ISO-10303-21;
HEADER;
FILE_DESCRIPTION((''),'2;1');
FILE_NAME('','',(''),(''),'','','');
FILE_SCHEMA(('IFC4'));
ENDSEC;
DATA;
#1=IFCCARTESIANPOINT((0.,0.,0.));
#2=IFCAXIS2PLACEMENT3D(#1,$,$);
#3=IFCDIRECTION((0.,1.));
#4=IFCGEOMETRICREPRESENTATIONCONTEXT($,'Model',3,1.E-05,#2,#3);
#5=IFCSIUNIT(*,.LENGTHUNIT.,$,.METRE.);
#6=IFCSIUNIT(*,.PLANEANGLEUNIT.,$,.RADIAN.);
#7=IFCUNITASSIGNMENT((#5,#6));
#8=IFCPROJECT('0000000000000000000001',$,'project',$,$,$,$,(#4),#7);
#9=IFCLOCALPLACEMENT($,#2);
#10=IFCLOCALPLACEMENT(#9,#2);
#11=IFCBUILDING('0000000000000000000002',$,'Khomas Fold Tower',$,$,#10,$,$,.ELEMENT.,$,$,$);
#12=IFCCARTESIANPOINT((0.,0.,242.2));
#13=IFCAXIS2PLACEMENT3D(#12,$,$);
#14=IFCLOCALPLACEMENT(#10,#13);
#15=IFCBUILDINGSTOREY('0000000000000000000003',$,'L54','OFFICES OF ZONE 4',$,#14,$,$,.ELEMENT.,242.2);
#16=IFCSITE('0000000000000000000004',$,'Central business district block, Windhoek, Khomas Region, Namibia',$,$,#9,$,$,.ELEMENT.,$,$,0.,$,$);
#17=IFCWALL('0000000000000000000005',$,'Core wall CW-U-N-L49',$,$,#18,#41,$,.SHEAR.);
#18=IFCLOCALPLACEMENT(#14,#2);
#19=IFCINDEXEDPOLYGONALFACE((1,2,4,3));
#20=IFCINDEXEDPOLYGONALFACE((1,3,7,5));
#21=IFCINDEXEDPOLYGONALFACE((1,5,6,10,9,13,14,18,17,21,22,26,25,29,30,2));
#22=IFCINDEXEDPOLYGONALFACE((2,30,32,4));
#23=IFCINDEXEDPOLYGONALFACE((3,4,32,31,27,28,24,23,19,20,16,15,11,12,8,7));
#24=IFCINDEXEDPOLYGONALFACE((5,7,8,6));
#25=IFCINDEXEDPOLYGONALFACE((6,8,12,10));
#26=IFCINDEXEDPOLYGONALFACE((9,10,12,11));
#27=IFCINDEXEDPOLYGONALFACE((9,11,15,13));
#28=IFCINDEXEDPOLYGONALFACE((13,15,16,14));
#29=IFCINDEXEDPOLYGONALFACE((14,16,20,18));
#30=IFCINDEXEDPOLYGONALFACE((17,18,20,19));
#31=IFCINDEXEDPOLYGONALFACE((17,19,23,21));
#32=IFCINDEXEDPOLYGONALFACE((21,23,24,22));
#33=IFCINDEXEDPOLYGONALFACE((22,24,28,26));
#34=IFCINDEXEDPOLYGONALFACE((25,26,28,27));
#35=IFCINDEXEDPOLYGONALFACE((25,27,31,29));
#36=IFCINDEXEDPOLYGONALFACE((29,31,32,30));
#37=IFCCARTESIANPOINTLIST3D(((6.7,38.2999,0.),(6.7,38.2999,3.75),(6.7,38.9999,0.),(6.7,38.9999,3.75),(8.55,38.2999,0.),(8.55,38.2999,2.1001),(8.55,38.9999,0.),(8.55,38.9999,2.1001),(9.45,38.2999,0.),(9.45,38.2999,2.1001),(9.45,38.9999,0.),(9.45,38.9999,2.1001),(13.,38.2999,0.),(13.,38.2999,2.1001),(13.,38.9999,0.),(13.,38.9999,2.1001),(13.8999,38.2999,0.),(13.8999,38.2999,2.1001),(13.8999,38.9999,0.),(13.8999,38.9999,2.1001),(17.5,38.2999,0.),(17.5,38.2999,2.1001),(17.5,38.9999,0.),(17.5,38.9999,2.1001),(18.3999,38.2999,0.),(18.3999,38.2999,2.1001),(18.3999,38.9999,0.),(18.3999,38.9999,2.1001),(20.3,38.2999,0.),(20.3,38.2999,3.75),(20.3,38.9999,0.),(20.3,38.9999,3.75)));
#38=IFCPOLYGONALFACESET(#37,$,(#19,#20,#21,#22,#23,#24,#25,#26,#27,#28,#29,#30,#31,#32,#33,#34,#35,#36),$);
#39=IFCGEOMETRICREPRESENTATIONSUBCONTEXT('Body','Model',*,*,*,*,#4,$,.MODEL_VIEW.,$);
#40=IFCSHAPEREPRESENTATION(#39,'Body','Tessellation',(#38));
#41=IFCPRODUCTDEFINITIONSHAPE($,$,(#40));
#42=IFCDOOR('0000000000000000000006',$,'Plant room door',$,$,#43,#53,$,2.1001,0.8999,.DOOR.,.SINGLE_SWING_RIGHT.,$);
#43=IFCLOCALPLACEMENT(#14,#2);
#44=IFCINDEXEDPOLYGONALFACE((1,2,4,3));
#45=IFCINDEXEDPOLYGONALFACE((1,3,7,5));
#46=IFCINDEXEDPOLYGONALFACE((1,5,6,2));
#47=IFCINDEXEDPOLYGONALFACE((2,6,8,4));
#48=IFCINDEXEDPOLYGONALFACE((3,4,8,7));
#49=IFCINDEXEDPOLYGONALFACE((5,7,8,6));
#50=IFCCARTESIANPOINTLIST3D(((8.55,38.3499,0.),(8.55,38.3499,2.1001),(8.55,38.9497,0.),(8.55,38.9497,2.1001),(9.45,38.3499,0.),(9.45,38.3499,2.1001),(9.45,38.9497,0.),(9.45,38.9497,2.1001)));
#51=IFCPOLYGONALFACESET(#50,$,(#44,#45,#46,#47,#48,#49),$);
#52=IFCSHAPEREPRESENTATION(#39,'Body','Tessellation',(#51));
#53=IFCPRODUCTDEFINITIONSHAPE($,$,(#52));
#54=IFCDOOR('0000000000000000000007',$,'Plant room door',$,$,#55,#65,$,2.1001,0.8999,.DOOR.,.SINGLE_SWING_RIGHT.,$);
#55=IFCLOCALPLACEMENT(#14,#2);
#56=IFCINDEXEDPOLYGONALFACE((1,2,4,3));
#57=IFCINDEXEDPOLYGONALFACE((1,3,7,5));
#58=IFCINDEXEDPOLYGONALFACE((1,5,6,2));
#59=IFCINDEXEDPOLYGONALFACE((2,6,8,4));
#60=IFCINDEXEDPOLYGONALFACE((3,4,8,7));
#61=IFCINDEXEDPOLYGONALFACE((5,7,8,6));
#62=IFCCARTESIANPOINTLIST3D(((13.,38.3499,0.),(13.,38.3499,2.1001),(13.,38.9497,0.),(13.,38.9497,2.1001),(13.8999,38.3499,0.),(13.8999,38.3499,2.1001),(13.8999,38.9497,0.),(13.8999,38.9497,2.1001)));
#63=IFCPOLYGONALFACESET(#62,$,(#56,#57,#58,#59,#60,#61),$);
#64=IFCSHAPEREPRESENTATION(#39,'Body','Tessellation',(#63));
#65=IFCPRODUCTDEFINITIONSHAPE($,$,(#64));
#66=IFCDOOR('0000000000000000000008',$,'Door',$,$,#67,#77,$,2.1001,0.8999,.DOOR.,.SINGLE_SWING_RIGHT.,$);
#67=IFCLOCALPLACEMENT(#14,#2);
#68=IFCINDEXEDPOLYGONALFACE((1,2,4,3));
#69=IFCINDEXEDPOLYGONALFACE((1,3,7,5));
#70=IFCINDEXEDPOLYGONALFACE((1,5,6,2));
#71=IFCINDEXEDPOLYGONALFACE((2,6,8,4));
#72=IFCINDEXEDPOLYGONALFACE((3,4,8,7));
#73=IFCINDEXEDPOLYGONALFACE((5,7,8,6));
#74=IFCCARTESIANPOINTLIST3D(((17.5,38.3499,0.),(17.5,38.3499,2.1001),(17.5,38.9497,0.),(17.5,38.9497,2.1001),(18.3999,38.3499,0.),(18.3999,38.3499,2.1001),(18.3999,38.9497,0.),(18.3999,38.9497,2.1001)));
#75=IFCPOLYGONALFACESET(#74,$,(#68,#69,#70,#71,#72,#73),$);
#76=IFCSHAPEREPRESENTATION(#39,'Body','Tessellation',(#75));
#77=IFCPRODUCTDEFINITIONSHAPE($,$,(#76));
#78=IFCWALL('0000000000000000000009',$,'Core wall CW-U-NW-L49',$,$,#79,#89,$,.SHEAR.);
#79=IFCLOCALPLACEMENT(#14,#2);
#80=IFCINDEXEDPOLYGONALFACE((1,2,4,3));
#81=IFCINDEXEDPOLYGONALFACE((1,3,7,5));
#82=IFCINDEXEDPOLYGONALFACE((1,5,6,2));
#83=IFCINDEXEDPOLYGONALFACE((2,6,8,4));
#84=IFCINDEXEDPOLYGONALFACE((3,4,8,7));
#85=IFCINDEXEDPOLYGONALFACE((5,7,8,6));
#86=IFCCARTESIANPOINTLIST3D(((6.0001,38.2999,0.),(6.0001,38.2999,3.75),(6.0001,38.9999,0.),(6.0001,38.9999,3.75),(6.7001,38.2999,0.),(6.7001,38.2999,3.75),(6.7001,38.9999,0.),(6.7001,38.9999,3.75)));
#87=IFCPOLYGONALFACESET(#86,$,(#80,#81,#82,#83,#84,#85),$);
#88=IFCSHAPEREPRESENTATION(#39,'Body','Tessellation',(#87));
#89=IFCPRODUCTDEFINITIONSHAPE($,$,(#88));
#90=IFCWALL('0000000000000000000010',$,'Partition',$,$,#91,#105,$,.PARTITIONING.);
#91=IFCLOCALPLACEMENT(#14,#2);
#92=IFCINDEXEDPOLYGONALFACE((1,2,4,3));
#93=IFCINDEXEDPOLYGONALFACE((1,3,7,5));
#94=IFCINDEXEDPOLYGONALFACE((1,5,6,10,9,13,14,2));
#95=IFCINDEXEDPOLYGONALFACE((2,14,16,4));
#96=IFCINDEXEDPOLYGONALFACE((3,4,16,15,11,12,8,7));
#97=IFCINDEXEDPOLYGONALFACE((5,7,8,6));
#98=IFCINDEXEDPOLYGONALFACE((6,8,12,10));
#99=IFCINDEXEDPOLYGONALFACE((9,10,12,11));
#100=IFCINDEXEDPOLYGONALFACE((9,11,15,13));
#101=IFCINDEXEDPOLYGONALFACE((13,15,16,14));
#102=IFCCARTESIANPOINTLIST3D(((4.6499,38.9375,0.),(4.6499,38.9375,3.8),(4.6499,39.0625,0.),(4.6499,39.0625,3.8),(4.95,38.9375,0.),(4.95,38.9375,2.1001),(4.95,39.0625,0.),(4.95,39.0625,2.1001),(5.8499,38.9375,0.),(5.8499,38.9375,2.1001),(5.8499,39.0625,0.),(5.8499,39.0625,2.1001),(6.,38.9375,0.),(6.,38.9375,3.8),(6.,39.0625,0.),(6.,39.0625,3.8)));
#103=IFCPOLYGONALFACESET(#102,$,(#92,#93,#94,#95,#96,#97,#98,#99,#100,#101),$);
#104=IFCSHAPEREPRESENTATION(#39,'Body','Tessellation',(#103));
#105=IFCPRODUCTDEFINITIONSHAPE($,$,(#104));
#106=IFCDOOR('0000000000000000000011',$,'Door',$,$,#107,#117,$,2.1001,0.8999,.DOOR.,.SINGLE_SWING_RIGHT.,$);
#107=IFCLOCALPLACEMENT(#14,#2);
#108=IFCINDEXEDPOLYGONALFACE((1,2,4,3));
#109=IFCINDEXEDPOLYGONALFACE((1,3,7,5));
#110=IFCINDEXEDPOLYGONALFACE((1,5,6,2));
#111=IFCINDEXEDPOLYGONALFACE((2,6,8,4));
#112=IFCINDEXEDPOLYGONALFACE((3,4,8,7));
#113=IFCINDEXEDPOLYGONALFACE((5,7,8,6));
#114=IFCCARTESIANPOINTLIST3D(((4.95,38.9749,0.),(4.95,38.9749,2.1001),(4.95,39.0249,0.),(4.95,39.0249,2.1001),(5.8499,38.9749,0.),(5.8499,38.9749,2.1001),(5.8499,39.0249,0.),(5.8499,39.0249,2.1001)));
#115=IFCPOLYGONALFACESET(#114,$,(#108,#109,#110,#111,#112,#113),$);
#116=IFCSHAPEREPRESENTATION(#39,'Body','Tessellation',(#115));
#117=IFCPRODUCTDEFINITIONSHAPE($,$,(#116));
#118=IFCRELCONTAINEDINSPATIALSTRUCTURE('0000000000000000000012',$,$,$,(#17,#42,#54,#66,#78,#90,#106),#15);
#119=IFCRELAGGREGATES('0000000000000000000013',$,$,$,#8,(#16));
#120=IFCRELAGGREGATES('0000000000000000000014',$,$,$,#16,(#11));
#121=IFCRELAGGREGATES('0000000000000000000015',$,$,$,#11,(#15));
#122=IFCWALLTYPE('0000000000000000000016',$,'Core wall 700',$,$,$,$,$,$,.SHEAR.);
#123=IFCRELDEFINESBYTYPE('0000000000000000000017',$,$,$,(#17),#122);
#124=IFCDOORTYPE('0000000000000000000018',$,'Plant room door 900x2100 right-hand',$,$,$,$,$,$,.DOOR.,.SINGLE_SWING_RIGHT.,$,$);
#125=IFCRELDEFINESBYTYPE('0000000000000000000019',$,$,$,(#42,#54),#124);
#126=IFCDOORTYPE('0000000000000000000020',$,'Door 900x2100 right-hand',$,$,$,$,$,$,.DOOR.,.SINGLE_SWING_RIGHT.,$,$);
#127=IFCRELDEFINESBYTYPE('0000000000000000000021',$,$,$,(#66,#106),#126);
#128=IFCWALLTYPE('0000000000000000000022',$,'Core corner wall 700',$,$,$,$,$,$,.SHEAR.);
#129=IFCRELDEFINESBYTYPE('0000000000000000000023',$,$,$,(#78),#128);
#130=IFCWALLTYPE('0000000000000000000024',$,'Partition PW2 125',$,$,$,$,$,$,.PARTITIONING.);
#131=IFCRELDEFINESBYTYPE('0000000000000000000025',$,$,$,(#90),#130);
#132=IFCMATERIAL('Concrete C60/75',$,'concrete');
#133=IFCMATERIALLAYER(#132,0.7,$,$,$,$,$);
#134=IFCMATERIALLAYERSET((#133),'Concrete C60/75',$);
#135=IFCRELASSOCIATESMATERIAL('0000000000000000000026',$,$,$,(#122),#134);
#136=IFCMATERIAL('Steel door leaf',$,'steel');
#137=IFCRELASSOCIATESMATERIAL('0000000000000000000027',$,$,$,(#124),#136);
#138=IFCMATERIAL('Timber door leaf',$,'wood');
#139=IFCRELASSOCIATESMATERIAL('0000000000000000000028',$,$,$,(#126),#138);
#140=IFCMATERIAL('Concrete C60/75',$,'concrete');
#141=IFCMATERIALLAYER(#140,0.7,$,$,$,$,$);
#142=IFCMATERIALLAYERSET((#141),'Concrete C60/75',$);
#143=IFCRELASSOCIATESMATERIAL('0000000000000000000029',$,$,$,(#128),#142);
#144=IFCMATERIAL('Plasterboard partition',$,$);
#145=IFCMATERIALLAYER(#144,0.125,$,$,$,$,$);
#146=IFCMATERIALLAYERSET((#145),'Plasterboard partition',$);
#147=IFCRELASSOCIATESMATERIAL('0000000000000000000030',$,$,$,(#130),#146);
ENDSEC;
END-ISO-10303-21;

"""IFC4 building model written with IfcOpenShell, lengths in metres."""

from ifc_helpers import new_model, si_unit, direction, frame, frame_2d, origin, place, context, subcontext, project, spatial, rectangle, extrude, source, transform, mapped, material, layer, layer_set, type_object, element, fill, save


model = new_model("IFC4")

# Units and contexts
model_context = context("Model", 3, precision=1e-05, world=origin(), true_north=direction((0.0, 1.0)))
body_context = subcontext(model_context, "Body", "Model", "MODEL_VIEW")
ifc_project = project(units=[si_unit("LENGTHUNIT", "METRE"), si_unit("PLANEANGLEUNIT", "RADIAN")], contexts=[model_context])

# Site, building, storey
site_placement = place(None, origin())
site = spatial("IfcSite", under=ifc_project, at=site_placement, Name="Central business district block, Windhoek, Khomas Region, Namibia", CompositionType="ELEMENT", RefElevation=0.0)
building_placement = place(site_placement, origin())
building = spatial("IfcBuilding", under=site, at=building_placement, Name="Khomas Fold Tower", CompositionType="ELEMENT")
storey_placement = place(building_placement, frame((0.0, 0.0, 242.2)))
storey = spatial("IfcBuildingStorey", under=building, at=storey_placement, Name="L54", Description="OFFICES OF ZONE 4", CompositionType="ELEMENT", Elevation=242.2)

# Wall, openings, doors
ifc_material_1 = material(Name="Concrete C60/75", Category="concrete")
ifc_layer_1 = layer(ifc_material_1, 0.7)
ifc_layer_set_1 = layer_set([ifc_layer_1], Name="Concrete C60/75")
wall_type_1 = type_object("IfcWallType", Name="Core wall 700", PredefinedType="SHEAR", material=ifc_layer_set_1)
shared_shape_1 = source(origin(), body_context, "Body", "SweptSolid", [
    extrude(rectangle(XDim=13.6001, YDim=0.7, at=frame_2d((6.8, 0.0))), origin(), (0.0, 0.0, 1.0), 3.75),
])
wall_1_placement = place(storey_placement, frame((6.7, 38.6499, 0.0), z_axis=(0.0, 0.0, 1.0), x_axis=(1.0, 0.0, 0.0)))
wall_1 = element("IfcWall", 1, at=wall_1_placement, inside=storey, type_object=wall_type_1, Name="Core wall CW-U-N-L49", PredefinedType="SHEAR", context=body_context, shape_type="MappedRepresentation", body=[
    mapped(shared_shape_1, transform((0.0, 0.0, 0.0))),
])
shared_shape_2 = source(origin(), body_context, "Body", "SweptSolid", [
    extrude(rectangle(XDim=0.8999, YDim=2.1001, at=frame_2d((0.45, 1.05))), frame((0.0, 0.3599, 0.0), z_axis=(0.0, -1.0, 0.0), x_axis=(1.0, 0.0, 0.0)), (0.0, 0.0, 1.0), 0.72),
])
opening_1_placement = place(wall_1_placement, frame((1.8501, 0.0, 0.0)))
opening_1 = element("IfcOpeningElement", 2, at=opening_1_placement, cuts=wall_1, PredefinedType="OPENING", context=body_context, shape_type="MappedRepresentation", body=[
    mapped(shared_shape_2, transform((0.0, 0.0, 0.0))),
])
opening_2_placement = place(wall_1_placement, frame((6.3, 0.0, 0.0)))
opening_2 = element("IfcOpeningElement", 3, at=opening_2_placement, cuts=wall_1, PredefinedType="OPENING", context=body_context, shape_type="MappedRepresentation", body=[
    mapped(shared_shape_2, transform((0.0, 0.0, 0.0))),
])
opening_3_placement = place(wall_1_placement, frame((10.8, 0.0, 0.0)))
opening_3 = element("IfcOpeningElement", 4, at=opening_3_placement, cuts=wall_1, PredefinedType="OPENING", context=body_context, shape_type="MappedRepresentation", body=[
    mapped(shared_shape_2, transform((0.0, 0.0, 0.0))),
])
ifc_material_2 = material(Name="Steel door leaf", Category="steel")
door_type_1 = type_object("IfcDoorType", Name="Plant room door 900x2100 right-hand", OperationType="SINGLE_SWING_RIGHT", PredefinedType="DOOR", material=ifc_material_2)
shared_shape_3 = source(origin(), body_context, "Body", "SweptSolid", [
    extrude(rectangle(XDim=0.8999, YDim=2.1001, at=frame_2d((0.45, 1.05))), frame((0.0, 0.2998, 0.0), z_axis=(0.0, -1.0, 0.0), x_axis=(1.0, 0.0, 0.0)), (0.0, 0.0, 1.0), 0.5999),
])
door_1_placement = place(opening_1_placement, origin())
door_1 = element("IfcDoor", 5, at=door_1_placement, inside=storey, type_object=door_type_1, Name="Plant room door", OperationType="SINGLE_SWING_RIGHT", OverallHeight=2.1001, OverallWidth=0.8999, PredefinedType="DOOR", context=body_context, shape_type="MappedRepresentation", body=[
    mapped(shared_shape_3, transform((0.0, 0.0, 0.0))),
])
fill(opening_1, door_1)
door_2_placement = place(opening_2_placement, origin())
door_2 = element("IfcDoor", 6, at=door_2_placement, inside=storey, type_object=door_type_1, Name="Plant room door", OperationType="SINGLE_SWING_RIGHT", OverallHeight=2.1001, OverallWidth=0.8999, PredefinedType="DOOR", context=body_context, shape_type="MappedRepresentation", body=[
    mapped(shared_shape_3, transform((0.0, 0.0, 0.0))),
])
fill(opening_2, door_2)
ifc_material_3 = material(Name="Timber door leaf", Category="wood")
door_type_2 = type_object("IfcDoorType", Name="Door 900x2100 right-hand", OperationType="SINGLE_SWING_RIGHT", PredefinedType="DOOR", material=ifc_material_3)
door_3_placement = place(opening_3_placement, origin())
door_3 = element("IfcDoor", 7, at=door_3_placement, inside=storey, type_object=door_type_2, Name="Door", OperationType="SINGLE_SWING_RIGHT", OverallHeight=2.1001, OverallWidth=0.8999, PredefinedType="DOOR", context=body_context, shape_type="MappedRepresentation", body=[
    mapped(shared_shape_3, transform((0.0, 0.0, 0.0))),
])
fill(opening_3, door_3)

# Wall
ifc_material_4 = material(Name="Concrete C60/75", Category="concrete")
ifc_layer_2 = layer(ifc_material_4, 0.7)
ifc_layer_set_2 = layer_set([ifc_layer_2], Name="Concrete C60/75")
wall_type_2 = type_object("IfcWallType", Name="Core corner wall 700", PredefinedType="SHEAR", material=ifc_layer_set_2)
shared_shape_4 = source(origin(), body_context, "Body", "SweptSolid", [
    extrude(rectangle(XDim=0.7, YDim=0.7, at=frame_2d((0.3501, 0.0))), origin(), (0.0, 0.0, 1.0), 3.75),
])
wall_2_placement = place(storey_placement, frame((6.0, 38.6499, 0.0), z_axis=(0.0, 0.0, 1.0), x_axis=(1.0, 0.0, 0.0)))
element("IfcWall", 8, at=wall_2_placement, inside=storey, type_object=wall_type_2, Name="Core wall CW-U-NW-L49", PredefinedType="SHEAR", context=body_context, shape_type="MappedRepresentation", body=[
    mapped(shared_shape_4, transform((0.0, 0.0, 0.0))),
])

# Wall, opening, door
ifc_material_5 = material(Name="Plasterboard partition")
ifc_layer_3 = layer(ifc_material_5, 0.125)
ifc_layer_set_3 = layer_set([ifc_layer_3], Name="Plasterboard partition")
wall_type_3 = type_object("IfcWallType", Name="Partition PW2 125", PredefinedType="PARTITIONING", material=ifc_layer_set_3)
shared_shape_5 = source(origin(), body_context, "Body", "SweptSolid", [
    extrude(rectangle(XDim=1.3501, YDim=0.125, at=frame_2d((0.675, 0.0))), origin(), (0.0, 0.0, 1.0), 3.8),
])
wall_3_placement = place(storey_placement, frame((4.6499, 39.0, 0.0), z_axis=(0.0, 0.0, 1.0), x_axis=(1.0, 0.0, 0.0)))
wall_3 = element("IfcWall", 9, at=wall_3_placement, inside=storey, type_object=wall_type_3, Name="Partition", PredefinedType="PARTITIONING", context=body_context, shape_type="MappedRepresentation", body=[
    mapped(shared_shape_5, transform((0.0, 0.0, 0.0))),
])
shared_shape_6 = source(origin(), body_context, "Body", "SweptSolid", [
    extrude(rectangle(XDim=0.8999, YDim=2.1001, at=frame_2d((0.45, 1.05))), frame((0.0, 0.0725, 0.0), z_axis=(0.0, -1.0, 0.0), x_axis=(1.0, 0.0, 0.0)), (0.0, 0.0, 1.0), 0.145),
])
opening_4_placement = place(wall_3_placement, frame((0.3, 0.0, 0.0)))
opening_4 = element("IfcOpeningElement", 10, at=opening_4_placement, cuts=wall_3, PredefinedType="OPENING", context=body_context, shape_type="MappedRepresentation", body=[
    mapped(shared_shape_6, transform((0.0, 0.0, 0.0))),
])
shared_shape_7 = source(origin(), body_context, "Body", "SweptSolid", [
    extrude(rectangle(XDim=0.8999, YDim=2.1001, at=frame_2d((0.45, 1.05))), frame((0.0, 0.0249, 0.0), z_axis=(0.0, -1.0, 0.0), x_axis=(1.0, 0.0, 0.0)), (0.0, 0.0, 1.0), 0.05),
])
door_4_placement = place(opening_4_placement, origin())
door_4 = element("IfcDoor", 11, at=door_4_placement, inside=storey, type_object=door_type_2, Name="Door", OperationType="SINGLE_SWING_RIGHT", OverallHeight=2.1001, OverallWidth=0.8999, PredefinedType="DOOR", context=body_context, shape_type="MappedRepresentation", body=[
    mapped(shared_shape_7, transform((0.0, 0.0, 0.0))),
])
fill(opening_4, door_4)

save(model, "model.ifc")
